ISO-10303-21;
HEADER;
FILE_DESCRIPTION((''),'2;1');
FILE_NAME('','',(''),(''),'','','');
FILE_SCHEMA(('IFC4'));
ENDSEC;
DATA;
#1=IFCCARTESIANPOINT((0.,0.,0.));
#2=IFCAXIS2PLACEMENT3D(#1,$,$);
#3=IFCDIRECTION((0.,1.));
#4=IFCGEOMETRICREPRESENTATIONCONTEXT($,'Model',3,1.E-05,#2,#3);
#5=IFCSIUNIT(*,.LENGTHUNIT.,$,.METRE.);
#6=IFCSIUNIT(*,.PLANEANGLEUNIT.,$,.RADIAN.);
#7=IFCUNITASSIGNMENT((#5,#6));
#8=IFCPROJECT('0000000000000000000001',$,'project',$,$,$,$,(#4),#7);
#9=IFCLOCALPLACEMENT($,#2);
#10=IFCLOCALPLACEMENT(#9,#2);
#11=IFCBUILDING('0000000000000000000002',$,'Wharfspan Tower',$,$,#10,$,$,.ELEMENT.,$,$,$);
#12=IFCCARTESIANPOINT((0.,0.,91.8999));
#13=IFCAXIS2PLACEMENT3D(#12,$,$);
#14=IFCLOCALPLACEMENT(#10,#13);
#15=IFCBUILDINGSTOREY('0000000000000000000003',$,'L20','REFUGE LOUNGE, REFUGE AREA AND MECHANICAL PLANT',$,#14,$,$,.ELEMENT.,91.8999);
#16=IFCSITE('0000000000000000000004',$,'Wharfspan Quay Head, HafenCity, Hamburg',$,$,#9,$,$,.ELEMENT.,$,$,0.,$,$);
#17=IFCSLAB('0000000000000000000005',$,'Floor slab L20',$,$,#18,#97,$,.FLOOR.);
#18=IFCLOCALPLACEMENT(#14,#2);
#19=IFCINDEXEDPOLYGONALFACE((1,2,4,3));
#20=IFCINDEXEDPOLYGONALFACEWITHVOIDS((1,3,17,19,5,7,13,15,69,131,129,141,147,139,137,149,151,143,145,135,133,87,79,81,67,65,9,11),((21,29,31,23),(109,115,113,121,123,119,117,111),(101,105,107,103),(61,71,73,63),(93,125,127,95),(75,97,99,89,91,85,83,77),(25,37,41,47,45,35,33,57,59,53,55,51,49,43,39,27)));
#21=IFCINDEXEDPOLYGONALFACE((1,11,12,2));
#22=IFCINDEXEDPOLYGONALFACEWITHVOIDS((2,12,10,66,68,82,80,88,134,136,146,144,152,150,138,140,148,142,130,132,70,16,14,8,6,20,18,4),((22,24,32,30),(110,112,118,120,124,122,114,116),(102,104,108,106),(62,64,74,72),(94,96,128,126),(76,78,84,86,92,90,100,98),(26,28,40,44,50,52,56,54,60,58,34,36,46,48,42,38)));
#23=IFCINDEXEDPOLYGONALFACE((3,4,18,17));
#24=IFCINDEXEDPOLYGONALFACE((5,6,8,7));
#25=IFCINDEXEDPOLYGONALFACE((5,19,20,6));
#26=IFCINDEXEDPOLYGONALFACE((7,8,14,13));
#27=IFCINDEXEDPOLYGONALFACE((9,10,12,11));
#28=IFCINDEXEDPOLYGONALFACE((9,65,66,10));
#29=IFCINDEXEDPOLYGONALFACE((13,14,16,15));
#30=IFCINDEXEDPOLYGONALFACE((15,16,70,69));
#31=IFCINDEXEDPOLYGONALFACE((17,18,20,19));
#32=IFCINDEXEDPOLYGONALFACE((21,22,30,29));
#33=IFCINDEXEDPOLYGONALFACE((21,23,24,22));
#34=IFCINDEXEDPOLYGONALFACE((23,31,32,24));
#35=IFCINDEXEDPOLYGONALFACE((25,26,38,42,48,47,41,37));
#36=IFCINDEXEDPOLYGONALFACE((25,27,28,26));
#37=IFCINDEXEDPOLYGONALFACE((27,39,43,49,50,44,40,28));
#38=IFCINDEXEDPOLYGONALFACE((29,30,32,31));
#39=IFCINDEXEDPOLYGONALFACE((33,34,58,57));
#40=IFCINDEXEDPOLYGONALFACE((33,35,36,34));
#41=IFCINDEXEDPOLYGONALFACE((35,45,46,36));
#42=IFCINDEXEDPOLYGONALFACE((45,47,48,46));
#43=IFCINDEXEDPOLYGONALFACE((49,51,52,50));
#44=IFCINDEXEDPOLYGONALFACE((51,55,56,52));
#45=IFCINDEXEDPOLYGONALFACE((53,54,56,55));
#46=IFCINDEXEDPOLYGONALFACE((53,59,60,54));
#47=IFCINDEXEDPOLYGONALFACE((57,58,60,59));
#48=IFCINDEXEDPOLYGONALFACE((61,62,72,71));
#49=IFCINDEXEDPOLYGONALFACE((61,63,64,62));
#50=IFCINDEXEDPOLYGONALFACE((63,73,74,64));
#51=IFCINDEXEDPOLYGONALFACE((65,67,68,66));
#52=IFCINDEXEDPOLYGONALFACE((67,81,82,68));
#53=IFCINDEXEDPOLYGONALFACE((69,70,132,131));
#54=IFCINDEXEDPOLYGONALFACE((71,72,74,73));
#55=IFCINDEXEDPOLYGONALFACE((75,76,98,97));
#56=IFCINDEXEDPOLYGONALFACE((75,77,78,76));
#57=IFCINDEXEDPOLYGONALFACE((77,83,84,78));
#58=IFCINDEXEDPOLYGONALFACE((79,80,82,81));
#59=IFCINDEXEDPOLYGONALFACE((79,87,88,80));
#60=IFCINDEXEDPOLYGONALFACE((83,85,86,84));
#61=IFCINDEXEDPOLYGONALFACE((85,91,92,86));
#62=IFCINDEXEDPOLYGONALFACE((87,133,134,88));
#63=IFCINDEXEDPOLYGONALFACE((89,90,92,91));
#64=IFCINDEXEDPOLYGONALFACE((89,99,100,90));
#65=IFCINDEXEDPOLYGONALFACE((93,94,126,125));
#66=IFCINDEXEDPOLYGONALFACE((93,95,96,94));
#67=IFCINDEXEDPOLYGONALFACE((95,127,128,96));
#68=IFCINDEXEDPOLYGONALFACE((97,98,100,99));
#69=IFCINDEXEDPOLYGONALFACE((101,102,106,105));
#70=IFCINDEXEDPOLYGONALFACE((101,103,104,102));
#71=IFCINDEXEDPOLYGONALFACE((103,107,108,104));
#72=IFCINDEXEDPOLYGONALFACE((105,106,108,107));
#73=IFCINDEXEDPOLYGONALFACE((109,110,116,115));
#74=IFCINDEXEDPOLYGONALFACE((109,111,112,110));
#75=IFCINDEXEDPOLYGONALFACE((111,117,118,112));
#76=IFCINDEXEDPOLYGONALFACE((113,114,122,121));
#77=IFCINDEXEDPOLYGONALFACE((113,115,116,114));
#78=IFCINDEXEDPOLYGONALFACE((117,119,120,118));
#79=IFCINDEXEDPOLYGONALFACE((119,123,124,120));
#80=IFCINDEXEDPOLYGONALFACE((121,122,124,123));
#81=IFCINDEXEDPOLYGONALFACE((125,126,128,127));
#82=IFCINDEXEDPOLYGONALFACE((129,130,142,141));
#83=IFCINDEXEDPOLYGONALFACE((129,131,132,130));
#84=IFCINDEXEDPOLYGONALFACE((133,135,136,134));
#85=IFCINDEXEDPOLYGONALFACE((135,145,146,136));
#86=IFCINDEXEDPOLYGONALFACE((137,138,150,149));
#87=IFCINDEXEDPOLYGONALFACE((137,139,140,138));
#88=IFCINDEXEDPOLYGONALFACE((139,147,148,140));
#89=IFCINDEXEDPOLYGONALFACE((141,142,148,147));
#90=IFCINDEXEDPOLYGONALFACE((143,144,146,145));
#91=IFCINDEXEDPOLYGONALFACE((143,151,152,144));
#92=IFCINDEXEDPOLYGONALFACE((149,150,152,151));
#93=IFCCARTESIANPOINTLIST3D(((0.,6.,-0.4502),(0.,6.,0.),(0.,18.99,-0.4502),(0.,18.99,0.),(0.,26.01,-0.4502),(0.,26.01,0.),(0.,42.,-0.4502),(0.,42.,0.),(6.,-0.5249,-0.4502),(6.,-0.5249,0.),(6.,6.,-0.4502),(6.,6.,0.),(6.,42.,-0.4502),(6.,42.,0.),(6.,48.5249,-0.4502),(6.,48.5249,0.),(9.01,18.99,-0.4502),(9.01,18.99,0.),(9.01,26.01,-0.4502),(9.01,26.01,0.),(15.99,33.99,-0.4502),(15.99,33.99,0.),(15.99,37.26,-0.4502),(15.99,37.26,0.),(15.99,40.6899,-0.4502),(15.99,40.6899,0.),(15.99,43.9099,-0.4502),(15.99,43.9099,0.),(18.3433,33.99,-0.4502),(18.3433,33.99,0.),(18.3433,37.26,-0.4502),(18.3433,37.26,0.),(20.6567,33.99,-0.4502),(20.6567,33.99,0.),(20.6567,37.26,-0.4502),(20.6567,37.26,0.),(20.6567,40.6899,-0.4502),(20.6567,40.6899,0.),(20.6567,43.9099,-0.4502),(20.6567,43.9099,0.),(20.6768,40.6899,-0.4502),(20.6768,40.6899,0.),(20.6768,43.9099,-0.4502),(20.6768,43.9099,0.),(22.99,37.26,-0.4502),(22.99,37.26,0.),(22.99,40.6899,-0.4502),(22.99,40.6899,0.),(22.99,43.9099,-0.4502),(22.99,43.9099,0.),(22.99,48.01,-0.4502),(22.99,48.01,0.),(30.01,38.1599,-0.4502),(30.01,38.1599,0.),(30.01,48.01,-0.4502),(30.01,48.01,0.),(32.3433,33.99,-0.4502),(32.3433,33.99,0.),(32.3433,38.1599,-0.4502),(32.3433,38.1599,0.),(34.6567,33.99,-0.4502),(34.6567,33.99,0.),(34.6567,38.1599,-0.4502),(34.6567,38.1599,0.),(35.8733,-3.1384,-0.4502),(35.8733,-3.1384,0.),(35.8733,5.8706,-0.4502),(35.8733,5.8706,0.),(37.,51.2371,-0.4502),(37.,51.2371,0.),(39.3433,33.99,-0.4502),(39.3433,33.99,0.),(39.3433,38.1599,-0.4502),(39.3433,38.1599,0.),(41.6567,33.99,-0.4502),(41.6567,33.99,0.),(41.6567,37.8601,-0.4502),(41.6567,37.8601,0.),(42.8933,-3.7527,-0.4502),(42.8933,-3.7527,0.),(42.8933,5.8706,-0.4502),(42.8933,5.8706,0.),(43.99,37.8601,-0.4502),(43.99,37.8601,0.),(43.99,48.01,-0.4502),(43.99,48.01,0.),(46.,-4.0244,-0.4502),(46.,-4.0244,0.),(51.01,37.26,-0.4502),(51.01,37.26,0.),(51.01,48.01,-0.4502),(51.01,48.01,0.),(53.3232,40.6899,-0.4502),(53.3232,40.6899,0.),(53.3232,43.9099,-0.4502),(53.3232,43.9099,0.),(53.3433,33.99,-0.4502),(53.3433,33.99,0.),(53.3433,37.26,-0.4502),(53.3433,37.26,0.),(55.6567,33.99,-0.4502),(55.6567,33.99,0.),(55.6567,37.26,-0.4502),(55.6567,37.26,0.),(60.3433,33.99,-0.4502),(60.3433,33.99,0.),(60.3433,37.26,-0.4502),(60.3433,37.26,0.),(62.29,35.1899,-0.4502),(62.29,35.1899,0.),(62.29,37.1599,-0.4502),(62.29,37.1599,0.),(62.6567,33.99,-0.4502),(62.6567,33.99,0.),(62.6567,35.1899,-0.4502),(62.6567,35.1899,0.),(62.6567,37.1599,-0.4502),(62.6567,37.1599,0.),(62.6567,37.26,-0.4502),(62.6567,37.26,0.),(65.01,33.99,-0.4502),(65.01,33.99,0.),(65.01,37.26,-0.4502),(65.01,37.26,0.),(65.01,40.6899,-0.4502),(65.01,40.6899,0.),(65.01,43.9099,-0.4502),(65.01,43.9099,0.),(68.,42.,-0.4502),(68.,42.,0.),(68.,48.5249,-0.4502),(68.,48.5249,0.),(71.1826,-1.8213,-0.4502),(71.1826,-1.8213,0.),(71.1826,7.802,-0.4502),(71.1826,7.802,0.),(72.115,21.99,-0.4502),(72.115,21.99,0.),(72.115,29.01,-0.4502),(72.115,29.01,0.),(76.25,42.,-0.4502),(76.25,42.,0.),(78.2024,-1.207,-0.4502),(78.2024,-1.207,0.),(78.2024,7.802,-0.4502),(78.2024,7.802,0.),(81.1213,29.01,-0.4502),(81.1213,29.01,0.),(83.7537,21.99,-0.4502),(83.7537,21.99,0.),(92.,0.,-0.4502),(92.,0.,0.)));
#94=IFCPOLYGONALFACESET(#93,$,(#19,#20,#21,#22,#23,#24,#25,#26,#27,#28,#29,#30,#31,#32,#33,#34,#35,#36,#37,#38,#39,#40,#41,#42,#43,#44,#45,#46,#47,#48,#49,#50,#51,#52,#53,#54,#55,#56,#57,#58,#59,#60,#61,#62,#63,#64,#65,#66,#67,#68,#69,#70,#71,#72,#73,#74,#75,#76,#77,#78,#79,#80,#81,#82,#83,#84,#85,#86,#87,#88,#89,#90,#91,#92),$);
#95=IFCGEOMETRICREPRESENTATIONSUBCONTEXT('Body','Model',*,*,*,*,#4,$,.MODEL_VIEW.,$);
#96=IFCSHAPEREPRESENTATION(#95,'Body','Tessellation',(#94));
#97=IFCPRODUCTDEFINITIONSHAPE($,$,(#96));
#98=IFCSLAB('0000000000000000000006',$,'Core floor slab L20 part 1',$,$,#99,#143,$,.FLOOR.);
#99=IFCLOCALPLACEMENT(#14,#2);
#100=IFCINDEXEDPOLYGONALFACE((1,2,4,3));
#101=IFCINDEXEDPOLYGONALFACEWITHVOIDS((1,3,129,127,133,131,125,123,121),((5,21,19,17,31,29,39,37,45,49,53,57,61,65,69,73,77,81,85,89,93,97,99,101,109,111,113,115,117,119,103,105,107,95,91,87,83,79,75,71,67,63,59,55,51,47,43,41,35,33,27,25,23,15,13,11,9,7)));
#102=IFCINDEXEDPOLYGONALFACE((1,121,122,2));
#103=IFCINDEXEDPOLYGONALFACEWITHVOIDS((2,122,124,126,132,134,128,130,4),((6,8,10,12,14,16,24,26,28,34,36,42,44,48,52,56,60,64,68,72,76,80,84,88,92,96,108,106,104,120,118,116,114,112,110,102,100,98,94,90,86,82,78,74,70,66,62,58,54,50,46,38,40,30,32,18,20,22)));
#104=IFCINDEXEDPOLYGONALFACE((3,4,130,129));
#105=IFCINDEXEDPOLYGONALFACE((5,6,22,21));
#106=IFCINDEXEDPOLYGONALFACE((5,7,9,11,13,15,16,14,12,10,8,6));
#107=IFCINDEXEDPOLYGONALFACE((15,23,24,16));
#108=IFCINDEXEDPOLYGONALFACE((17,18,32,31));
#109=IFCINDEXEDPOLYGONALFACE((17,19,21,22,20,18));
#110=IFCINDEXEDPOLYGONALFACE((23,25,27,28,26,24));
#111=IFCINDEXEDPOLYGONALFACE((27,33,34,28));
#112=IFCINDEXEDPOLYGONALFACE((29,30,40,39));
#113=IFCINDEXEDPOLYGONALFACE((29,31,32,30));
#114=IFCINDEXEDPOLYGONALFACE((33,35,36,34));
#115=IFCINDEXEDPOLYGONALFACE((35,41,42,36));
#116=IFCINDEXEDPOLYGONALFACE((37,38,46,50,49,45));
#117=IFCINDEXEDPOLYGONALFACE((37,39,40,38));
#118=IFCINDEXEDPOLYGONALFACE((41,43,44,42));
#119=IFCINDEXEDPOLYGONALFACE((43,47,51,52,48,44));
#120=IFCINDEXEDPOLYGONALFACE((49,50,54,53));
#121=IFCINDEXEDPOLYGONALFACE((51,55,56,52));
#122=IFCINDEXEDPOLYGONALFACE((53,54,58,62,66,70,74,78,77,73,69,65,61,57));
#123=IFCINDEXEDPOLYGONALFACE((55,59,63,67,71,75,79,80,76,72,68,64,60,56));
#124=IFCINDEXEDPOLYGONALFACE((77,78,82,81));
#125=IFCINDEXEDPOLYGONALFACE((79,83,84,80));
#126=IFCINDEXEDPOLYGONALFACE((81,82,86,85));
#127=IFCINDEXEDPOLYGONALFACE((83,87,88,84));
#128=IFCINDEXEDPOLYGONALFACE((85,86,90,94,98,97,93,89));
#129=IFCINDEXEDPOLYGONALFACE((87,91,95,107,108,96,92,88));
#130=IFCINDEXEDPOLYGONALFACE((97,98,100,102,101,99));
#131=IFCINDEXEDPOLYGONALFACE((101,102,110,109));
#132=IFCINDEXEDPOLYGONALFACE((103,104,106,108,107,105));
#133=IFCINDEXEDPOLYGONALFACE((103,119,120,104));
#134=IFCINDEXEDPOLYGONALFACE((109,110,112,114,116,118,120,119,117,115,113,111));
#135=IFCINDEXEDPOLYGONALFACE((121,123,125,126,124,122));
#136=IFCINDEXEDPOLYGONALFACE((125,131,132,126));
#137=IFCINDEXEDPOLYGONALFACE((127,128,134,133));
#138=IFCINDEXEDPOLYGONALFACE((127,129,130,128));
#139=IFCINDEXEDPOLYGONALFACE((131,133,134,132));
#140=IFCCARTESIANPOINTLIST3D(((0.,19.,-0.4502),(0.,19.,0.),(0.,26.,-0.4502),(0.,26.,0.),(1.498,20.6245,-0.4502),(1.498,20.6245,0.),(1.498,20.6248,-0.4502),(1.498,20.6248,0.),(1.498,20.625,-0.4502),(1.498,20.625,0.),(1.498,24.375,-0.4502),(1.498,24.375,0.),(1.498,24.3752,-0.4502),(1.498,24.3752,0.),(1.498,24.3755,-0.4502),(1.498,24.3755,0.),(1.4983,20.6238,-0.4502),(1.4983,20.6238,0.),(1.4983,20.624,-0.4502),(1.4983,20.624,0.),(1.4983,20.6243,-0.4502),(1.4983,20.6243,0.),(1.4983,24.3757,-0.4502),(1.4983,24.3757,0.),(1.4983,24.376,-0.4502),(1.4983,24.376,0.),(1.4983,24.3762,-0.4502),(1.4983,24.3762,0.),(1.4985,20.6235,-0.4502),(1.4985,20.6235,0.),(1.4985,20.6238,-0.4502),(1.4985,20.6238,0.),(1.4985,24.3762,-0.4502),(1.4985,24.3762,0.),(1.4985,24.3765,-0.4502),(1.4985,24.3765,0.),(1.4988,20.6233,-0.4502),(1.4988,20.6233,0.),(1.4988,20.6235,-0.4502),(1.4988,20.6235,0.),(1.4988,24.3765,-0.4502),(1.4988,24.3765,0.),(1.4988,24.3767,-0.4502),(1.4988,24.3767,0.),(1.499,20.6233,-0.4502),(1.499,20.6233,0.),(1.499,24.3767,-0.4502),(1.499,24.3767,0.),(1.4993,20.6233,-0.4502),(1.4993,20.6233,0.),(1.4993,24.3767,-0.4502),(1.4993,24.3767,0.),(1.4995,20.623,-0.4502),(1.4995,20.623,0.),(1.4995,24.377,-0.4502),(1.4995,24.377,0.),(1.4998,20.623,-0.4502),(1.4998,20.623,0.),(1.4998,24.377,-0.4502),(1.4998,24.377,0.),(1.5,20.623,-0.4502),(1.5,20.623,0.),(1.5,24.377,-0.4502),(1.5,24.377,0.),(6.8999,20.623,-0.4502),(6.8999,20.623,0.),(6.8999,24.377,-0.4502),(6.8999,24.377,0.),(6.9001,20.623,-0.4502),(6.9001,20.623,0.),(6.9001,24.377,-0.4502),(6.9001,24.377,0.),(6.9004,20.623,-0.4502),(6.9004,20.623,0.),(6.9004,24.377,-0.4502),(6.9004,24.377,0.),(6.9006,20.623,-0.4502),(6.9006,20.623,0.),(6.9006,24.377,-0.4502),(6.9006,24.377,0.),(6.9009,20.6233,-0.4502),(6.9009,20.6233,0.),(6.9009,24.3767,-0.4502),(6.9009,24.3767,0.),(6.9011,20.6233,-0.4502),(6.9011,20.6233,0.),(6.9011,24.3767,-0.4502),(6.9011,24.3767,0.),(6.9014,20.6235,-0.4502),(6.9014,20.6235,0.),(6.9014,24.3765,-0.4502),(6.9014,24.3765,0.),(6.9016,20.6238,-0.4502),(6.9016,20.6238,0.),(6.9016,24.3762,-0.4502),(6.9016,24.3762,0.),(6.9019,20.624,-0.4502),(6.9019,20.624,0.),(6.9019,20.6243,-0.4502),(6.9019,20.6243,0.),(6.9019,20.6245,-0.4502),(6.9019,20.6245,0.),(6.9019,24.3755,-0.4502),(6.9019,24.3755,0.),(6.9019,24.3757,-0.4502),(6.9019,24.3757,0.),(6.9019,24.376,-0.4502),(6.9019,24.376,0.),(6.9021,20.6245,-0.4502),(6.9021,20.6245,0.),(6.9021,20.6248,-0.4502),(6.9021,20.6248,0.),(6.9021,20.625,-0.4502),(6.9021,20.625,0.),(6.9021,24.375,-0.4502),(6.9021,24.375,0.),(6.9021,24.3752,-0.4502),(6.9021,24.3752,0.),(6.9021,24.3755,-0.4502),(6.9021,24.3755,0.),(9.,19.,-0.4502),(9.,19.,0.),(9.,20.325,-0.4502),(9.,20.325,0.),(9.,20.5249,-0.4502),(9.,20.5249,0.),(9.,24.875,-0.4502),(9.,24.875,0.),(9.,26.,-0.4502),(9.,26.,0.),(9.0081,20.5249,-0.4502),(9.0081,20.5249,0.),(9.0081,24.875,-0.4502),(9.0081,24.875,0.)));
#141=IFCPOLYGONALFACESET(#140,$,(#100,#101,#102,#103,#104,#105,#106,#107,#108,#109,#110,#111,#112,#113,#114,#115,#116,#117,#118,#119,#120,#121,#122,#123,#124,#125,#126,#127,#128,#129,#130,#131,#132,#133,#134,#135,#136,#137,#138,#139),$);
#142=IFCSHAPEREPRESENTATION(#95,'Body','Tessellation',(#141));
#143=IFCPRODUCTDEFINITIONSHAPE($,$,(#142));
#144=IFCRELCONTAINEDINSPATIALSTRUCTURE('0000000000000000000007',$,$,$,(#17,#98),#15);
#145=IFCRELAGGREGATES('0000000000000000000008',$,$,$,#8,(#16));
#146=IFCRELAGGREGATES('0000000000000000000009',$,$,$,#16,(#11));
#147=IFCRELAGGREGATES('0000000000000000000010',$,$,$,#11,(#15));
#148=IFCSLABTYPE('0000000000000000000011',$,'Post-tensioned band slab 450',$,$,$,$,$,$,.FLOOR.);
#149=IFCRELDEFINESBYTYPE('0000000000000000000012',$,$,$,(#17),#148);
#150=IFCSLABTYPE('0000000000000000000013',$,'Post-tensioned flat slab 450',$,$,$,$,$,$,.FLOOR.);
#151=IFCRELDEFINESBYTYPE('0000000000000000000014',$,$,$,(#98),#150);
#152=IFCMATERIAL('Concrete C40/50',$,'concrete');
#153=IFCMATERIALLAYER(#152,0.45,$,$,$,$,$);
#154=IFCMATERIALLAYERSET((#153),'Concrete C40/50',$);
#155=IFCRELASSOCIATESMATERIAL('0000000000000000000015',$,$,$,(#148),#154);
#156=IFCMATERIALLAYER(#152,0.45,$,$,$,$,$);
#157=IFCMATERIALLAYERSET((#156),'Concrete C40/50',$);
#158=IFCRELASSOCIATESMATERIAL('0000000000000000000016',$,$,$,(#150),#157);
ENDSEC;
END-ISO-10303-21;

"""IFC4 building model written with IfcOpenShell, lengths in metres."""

from ifc_helpers import new_model, si_unit, direction, frame, origin, place, context, subcontext, project, spatial, polyline, outline, extrude, material, layer, layer_set, type_object, element, save


model = new_model("IFC4")

# Units and contexts
model_context = context("Model", 3, precision=1e-05, world=origin(), true_north=direction((0.0, 1.0)))
body_context = subcontext(model_context, "Body", "Model", "MODEL_VIEW")
ifc_project = project(units=[si_unit("LENGTHUNIT", "METRE"), si_unit("PLANEANGLEUNIT", "RADIAN")], contexts=[model_context])

# Site, building, storey
site_placement = place(None, origin())
site = spatial("IfcSite", under=ifc_project, at=site_placement, Name="Wharfspan Quay Head, HafenCity, Hamburg", CompositionType="ELEMENT", RefElevation=0.0)
building_placement = place(site_placement, origin())
building = spatial("IfcBuilding", under=site, at=building_placement, Name="Wharfspan Tower", CompositionType="ELEMENT")
storey_placement = place(building_placement, frame((0.0, 0.0, 91.8999)))
storey = spatial("IfcBuildingStorey", under=building, at=storey_placement, Name="L20", Description="REFUGE LOUNGE, REFUGE AREA AND MECHANICAL PLANT", CompositionType="ELEMENT", Elevation=91.8999)

# Slabs
ifc_material_1 = material(Name="Concrete C40/50", Category="concrete")
ifc_layer_1 = layer(ifc_material_1, 0.45)
ifc_layer_set_1 = layer_set([ifc_layer_1], Name="Concrete C40/50")
slab_type_1 = type_object("IfcSlabType", Name="Post-tensioned band slab 450", PredefinedType="FLOOR", material=ifc_layer_set_1)
slab_1_placement = place(storey_placement, frame((0.0, 0.0, -0.4502)))
element("IfcSlab", 1, at=slab_1_placement, inside=storey, type_object=slab_type_1, Name="Floor slab L20", PredefinedType="FLOOR", context=body_context, shape_type="SweptSolid", body=[
    extrude(outline(polyline([(35.8733, -3.1384), (35.8733, 5.8706), (42.8933, 5.8706), (42.8933, -3.7527), (46.0, -4.0244), (71.1826, -1.8213), (71.1826, 7.802), (78.2024, 7.802), (78.2024, -1.207), (92.0, 0.0), (83.7537, 21.99), (72.115, 21.99), (72.115, 29.01), (81.1213, 29.01), (76.25, 42.0), (68.0, 42.0), (68.0, 48.5249), (37.0, 51.2371), (6.0, 48.5249), (6.0, 42.0), (0.0, 42.0), (0.0, 26.01), (9.01, 26.01), (9.01, 18.99), (0.0, 18.99), (0.0, 6.0), (6.0, 6.0), (6.0, -0.5249), (35.8733, -3.1384)]), holes=[polyline([(62.29, 37.1599), (62.6567, 37.1599), (62.6567, 37.26), (65.01, 37.26), (65.01, 33.99), (62.6567, 33.99), (62.6567, 35.1899), (62.29, 35.1899), (62.29, 37.1599)]), polyline([(65.01, 43.9099), (65.01, 40.6899), (53.3232, 40.6899), (53.3232, 43.9099), (65.01, 43.9099)]), polyline([(55.6567, 33.99), (55.6567, 37.26), (60.3433, 37.26), (60.3433, 33.99), (55.6567, 33.99)]), polyline([(43.99, 37.8601), (43.99, 48.01), (51.01, 48.01), (51.01, 37.26), (53.3433, 37.26), (53.3433, 33.99), (41.6567, 33.99), (41.6567, 37.8601), (43.99, 37.8601)]), polyline([(34.6567, 33.99), (34.6567, 38.1599), (39.3433, 38.1599), (39.3433, 33.99), (34.6567, 33.99)]), polyline([(15.99, 40.6899), (15.99, 43.9099), (20.6567, 43.9099), (20.6768, 43.9099), (22.99, 43.9099), (22.99, 48.01), (30.01, 48.01), (30.01, 38.1599), (32.3433, 38.1599), (32.3433, 33.99), (20.6567, 33.99), (20.6567, 37.26), (22.99, 37.26), (22.99, 40.6899), (20.6768, 40.6899), (20.6567, 40.6899), (15.99, 40.6899)]), polyline([(18.3433, 37.26), (18.3433, 33.99), (15.99, 33.99), (15.99, 37.26), (18.3433, 37.26)])]), origin(), (0.0, 0.0, 1.0), 0.4502),
])
ifc_layer_2 = layer(ifc_material_1, 0.45)
ifc_layer_set_2 = layer_set([ifc_layer_2], Name="Concrete C40/50")
slab_type_2 = type_object("IfcSlabType", Name="Post-tensioned flat slab 450", PredefinedType="FLOOR", material=ifc_layer_set_2)
slab_2_placement = place(storey_placement, frame((0.0, 0.0, -0.4502)))
element("IfcSlab", 2, at=slab_2_placement, inside=storey, type_object=slab_type_2, Name="Core floor slab L20 part 1", PredefinedType="FLOOR", context=body_context, shape_type="SweptSolid", body=[
    extrude(outline(polyline([(9.0081, 20.5249), (9.0081, 24.875), (9.0, 24.875), (9.0, 26.0), (0.0, 26.0), (0.0, 19.0), (9.0, 19.0), (9.0, 20.325), (9.0, 20.5249), (9.0081, 20.5249)]), holes=[polyline([(6.9021, 20.625), (6.9021, 20.6248), (6.9021, 20.6245), (6.9019, 20.6245), (6.9019, 20.6243), (6.9019, 20.624), (6.9016, 20.6238), (6.9016, 20.6238), (6.9014, 20.6235), (6.9014, 20.6235), (6.9011, 20.6233), (6.9009, 20.6233), (6.9009, 20.6233), (6.9006, 20.623), (6.9004, 20.623), (6.9001, 20.623), (6.8999, 20.623), (1.5, 20.623), (1.4998, 20.623), (1.4995, 20.623), (1.4995, 20.623), (1.4993, 20.6233), (1.499, 20.6233), (1.4988, 20.6233), (1.4988, 20.6235), (1.4985, 20.6235), (1.4985, 20.6238), (1.4983, 20.6238), (1.4983, 20.624), (1.4983, 20.6243), (1.498, 20.6245), (1.498, 20.6245), (1.498, 20.6248), (1.498, 20.625), (1.498, 24.375), (1.498, 24.3752), (1.498, 24.3755), (1.498, 24.3755), (1.4983, 24.3757), (1.4983, 24.376), (1.4983, 24.3762), (1.4985, 24.3762), (1.4985, 24.3765), (1.4988, 24.3765), (1.4988, 24.3767), (1.499, 24.3767), (1.4993, 24.3767), (1.4995, 24.377), (1.4995, 24.377), (1.4998, 24.377), (1.5, 24.377), (6.8999, 24.377), (6.9001, 24.377), (6.9004, 24.377), (6.9006, 24.377), (6.9009, 24.3767), (6.9009, 24.3767), (6.9011, 24.3767), (6.9014, 24.3765), (6.9014, 24.3765), (6.9016, 24.3762), (6.9016, 24.3762), (6.9019, 24.376), (6.9019, 24.3757), (6.9019, 24.3755), (6.9021, 24.3755), (6.9021, 24.3752), (6.9021, 24.375), (6.9021, 20.625)])]), origin(), (0.0, 0.0, 1.0), 0.4502),
])

save(model, "model.ifc")
